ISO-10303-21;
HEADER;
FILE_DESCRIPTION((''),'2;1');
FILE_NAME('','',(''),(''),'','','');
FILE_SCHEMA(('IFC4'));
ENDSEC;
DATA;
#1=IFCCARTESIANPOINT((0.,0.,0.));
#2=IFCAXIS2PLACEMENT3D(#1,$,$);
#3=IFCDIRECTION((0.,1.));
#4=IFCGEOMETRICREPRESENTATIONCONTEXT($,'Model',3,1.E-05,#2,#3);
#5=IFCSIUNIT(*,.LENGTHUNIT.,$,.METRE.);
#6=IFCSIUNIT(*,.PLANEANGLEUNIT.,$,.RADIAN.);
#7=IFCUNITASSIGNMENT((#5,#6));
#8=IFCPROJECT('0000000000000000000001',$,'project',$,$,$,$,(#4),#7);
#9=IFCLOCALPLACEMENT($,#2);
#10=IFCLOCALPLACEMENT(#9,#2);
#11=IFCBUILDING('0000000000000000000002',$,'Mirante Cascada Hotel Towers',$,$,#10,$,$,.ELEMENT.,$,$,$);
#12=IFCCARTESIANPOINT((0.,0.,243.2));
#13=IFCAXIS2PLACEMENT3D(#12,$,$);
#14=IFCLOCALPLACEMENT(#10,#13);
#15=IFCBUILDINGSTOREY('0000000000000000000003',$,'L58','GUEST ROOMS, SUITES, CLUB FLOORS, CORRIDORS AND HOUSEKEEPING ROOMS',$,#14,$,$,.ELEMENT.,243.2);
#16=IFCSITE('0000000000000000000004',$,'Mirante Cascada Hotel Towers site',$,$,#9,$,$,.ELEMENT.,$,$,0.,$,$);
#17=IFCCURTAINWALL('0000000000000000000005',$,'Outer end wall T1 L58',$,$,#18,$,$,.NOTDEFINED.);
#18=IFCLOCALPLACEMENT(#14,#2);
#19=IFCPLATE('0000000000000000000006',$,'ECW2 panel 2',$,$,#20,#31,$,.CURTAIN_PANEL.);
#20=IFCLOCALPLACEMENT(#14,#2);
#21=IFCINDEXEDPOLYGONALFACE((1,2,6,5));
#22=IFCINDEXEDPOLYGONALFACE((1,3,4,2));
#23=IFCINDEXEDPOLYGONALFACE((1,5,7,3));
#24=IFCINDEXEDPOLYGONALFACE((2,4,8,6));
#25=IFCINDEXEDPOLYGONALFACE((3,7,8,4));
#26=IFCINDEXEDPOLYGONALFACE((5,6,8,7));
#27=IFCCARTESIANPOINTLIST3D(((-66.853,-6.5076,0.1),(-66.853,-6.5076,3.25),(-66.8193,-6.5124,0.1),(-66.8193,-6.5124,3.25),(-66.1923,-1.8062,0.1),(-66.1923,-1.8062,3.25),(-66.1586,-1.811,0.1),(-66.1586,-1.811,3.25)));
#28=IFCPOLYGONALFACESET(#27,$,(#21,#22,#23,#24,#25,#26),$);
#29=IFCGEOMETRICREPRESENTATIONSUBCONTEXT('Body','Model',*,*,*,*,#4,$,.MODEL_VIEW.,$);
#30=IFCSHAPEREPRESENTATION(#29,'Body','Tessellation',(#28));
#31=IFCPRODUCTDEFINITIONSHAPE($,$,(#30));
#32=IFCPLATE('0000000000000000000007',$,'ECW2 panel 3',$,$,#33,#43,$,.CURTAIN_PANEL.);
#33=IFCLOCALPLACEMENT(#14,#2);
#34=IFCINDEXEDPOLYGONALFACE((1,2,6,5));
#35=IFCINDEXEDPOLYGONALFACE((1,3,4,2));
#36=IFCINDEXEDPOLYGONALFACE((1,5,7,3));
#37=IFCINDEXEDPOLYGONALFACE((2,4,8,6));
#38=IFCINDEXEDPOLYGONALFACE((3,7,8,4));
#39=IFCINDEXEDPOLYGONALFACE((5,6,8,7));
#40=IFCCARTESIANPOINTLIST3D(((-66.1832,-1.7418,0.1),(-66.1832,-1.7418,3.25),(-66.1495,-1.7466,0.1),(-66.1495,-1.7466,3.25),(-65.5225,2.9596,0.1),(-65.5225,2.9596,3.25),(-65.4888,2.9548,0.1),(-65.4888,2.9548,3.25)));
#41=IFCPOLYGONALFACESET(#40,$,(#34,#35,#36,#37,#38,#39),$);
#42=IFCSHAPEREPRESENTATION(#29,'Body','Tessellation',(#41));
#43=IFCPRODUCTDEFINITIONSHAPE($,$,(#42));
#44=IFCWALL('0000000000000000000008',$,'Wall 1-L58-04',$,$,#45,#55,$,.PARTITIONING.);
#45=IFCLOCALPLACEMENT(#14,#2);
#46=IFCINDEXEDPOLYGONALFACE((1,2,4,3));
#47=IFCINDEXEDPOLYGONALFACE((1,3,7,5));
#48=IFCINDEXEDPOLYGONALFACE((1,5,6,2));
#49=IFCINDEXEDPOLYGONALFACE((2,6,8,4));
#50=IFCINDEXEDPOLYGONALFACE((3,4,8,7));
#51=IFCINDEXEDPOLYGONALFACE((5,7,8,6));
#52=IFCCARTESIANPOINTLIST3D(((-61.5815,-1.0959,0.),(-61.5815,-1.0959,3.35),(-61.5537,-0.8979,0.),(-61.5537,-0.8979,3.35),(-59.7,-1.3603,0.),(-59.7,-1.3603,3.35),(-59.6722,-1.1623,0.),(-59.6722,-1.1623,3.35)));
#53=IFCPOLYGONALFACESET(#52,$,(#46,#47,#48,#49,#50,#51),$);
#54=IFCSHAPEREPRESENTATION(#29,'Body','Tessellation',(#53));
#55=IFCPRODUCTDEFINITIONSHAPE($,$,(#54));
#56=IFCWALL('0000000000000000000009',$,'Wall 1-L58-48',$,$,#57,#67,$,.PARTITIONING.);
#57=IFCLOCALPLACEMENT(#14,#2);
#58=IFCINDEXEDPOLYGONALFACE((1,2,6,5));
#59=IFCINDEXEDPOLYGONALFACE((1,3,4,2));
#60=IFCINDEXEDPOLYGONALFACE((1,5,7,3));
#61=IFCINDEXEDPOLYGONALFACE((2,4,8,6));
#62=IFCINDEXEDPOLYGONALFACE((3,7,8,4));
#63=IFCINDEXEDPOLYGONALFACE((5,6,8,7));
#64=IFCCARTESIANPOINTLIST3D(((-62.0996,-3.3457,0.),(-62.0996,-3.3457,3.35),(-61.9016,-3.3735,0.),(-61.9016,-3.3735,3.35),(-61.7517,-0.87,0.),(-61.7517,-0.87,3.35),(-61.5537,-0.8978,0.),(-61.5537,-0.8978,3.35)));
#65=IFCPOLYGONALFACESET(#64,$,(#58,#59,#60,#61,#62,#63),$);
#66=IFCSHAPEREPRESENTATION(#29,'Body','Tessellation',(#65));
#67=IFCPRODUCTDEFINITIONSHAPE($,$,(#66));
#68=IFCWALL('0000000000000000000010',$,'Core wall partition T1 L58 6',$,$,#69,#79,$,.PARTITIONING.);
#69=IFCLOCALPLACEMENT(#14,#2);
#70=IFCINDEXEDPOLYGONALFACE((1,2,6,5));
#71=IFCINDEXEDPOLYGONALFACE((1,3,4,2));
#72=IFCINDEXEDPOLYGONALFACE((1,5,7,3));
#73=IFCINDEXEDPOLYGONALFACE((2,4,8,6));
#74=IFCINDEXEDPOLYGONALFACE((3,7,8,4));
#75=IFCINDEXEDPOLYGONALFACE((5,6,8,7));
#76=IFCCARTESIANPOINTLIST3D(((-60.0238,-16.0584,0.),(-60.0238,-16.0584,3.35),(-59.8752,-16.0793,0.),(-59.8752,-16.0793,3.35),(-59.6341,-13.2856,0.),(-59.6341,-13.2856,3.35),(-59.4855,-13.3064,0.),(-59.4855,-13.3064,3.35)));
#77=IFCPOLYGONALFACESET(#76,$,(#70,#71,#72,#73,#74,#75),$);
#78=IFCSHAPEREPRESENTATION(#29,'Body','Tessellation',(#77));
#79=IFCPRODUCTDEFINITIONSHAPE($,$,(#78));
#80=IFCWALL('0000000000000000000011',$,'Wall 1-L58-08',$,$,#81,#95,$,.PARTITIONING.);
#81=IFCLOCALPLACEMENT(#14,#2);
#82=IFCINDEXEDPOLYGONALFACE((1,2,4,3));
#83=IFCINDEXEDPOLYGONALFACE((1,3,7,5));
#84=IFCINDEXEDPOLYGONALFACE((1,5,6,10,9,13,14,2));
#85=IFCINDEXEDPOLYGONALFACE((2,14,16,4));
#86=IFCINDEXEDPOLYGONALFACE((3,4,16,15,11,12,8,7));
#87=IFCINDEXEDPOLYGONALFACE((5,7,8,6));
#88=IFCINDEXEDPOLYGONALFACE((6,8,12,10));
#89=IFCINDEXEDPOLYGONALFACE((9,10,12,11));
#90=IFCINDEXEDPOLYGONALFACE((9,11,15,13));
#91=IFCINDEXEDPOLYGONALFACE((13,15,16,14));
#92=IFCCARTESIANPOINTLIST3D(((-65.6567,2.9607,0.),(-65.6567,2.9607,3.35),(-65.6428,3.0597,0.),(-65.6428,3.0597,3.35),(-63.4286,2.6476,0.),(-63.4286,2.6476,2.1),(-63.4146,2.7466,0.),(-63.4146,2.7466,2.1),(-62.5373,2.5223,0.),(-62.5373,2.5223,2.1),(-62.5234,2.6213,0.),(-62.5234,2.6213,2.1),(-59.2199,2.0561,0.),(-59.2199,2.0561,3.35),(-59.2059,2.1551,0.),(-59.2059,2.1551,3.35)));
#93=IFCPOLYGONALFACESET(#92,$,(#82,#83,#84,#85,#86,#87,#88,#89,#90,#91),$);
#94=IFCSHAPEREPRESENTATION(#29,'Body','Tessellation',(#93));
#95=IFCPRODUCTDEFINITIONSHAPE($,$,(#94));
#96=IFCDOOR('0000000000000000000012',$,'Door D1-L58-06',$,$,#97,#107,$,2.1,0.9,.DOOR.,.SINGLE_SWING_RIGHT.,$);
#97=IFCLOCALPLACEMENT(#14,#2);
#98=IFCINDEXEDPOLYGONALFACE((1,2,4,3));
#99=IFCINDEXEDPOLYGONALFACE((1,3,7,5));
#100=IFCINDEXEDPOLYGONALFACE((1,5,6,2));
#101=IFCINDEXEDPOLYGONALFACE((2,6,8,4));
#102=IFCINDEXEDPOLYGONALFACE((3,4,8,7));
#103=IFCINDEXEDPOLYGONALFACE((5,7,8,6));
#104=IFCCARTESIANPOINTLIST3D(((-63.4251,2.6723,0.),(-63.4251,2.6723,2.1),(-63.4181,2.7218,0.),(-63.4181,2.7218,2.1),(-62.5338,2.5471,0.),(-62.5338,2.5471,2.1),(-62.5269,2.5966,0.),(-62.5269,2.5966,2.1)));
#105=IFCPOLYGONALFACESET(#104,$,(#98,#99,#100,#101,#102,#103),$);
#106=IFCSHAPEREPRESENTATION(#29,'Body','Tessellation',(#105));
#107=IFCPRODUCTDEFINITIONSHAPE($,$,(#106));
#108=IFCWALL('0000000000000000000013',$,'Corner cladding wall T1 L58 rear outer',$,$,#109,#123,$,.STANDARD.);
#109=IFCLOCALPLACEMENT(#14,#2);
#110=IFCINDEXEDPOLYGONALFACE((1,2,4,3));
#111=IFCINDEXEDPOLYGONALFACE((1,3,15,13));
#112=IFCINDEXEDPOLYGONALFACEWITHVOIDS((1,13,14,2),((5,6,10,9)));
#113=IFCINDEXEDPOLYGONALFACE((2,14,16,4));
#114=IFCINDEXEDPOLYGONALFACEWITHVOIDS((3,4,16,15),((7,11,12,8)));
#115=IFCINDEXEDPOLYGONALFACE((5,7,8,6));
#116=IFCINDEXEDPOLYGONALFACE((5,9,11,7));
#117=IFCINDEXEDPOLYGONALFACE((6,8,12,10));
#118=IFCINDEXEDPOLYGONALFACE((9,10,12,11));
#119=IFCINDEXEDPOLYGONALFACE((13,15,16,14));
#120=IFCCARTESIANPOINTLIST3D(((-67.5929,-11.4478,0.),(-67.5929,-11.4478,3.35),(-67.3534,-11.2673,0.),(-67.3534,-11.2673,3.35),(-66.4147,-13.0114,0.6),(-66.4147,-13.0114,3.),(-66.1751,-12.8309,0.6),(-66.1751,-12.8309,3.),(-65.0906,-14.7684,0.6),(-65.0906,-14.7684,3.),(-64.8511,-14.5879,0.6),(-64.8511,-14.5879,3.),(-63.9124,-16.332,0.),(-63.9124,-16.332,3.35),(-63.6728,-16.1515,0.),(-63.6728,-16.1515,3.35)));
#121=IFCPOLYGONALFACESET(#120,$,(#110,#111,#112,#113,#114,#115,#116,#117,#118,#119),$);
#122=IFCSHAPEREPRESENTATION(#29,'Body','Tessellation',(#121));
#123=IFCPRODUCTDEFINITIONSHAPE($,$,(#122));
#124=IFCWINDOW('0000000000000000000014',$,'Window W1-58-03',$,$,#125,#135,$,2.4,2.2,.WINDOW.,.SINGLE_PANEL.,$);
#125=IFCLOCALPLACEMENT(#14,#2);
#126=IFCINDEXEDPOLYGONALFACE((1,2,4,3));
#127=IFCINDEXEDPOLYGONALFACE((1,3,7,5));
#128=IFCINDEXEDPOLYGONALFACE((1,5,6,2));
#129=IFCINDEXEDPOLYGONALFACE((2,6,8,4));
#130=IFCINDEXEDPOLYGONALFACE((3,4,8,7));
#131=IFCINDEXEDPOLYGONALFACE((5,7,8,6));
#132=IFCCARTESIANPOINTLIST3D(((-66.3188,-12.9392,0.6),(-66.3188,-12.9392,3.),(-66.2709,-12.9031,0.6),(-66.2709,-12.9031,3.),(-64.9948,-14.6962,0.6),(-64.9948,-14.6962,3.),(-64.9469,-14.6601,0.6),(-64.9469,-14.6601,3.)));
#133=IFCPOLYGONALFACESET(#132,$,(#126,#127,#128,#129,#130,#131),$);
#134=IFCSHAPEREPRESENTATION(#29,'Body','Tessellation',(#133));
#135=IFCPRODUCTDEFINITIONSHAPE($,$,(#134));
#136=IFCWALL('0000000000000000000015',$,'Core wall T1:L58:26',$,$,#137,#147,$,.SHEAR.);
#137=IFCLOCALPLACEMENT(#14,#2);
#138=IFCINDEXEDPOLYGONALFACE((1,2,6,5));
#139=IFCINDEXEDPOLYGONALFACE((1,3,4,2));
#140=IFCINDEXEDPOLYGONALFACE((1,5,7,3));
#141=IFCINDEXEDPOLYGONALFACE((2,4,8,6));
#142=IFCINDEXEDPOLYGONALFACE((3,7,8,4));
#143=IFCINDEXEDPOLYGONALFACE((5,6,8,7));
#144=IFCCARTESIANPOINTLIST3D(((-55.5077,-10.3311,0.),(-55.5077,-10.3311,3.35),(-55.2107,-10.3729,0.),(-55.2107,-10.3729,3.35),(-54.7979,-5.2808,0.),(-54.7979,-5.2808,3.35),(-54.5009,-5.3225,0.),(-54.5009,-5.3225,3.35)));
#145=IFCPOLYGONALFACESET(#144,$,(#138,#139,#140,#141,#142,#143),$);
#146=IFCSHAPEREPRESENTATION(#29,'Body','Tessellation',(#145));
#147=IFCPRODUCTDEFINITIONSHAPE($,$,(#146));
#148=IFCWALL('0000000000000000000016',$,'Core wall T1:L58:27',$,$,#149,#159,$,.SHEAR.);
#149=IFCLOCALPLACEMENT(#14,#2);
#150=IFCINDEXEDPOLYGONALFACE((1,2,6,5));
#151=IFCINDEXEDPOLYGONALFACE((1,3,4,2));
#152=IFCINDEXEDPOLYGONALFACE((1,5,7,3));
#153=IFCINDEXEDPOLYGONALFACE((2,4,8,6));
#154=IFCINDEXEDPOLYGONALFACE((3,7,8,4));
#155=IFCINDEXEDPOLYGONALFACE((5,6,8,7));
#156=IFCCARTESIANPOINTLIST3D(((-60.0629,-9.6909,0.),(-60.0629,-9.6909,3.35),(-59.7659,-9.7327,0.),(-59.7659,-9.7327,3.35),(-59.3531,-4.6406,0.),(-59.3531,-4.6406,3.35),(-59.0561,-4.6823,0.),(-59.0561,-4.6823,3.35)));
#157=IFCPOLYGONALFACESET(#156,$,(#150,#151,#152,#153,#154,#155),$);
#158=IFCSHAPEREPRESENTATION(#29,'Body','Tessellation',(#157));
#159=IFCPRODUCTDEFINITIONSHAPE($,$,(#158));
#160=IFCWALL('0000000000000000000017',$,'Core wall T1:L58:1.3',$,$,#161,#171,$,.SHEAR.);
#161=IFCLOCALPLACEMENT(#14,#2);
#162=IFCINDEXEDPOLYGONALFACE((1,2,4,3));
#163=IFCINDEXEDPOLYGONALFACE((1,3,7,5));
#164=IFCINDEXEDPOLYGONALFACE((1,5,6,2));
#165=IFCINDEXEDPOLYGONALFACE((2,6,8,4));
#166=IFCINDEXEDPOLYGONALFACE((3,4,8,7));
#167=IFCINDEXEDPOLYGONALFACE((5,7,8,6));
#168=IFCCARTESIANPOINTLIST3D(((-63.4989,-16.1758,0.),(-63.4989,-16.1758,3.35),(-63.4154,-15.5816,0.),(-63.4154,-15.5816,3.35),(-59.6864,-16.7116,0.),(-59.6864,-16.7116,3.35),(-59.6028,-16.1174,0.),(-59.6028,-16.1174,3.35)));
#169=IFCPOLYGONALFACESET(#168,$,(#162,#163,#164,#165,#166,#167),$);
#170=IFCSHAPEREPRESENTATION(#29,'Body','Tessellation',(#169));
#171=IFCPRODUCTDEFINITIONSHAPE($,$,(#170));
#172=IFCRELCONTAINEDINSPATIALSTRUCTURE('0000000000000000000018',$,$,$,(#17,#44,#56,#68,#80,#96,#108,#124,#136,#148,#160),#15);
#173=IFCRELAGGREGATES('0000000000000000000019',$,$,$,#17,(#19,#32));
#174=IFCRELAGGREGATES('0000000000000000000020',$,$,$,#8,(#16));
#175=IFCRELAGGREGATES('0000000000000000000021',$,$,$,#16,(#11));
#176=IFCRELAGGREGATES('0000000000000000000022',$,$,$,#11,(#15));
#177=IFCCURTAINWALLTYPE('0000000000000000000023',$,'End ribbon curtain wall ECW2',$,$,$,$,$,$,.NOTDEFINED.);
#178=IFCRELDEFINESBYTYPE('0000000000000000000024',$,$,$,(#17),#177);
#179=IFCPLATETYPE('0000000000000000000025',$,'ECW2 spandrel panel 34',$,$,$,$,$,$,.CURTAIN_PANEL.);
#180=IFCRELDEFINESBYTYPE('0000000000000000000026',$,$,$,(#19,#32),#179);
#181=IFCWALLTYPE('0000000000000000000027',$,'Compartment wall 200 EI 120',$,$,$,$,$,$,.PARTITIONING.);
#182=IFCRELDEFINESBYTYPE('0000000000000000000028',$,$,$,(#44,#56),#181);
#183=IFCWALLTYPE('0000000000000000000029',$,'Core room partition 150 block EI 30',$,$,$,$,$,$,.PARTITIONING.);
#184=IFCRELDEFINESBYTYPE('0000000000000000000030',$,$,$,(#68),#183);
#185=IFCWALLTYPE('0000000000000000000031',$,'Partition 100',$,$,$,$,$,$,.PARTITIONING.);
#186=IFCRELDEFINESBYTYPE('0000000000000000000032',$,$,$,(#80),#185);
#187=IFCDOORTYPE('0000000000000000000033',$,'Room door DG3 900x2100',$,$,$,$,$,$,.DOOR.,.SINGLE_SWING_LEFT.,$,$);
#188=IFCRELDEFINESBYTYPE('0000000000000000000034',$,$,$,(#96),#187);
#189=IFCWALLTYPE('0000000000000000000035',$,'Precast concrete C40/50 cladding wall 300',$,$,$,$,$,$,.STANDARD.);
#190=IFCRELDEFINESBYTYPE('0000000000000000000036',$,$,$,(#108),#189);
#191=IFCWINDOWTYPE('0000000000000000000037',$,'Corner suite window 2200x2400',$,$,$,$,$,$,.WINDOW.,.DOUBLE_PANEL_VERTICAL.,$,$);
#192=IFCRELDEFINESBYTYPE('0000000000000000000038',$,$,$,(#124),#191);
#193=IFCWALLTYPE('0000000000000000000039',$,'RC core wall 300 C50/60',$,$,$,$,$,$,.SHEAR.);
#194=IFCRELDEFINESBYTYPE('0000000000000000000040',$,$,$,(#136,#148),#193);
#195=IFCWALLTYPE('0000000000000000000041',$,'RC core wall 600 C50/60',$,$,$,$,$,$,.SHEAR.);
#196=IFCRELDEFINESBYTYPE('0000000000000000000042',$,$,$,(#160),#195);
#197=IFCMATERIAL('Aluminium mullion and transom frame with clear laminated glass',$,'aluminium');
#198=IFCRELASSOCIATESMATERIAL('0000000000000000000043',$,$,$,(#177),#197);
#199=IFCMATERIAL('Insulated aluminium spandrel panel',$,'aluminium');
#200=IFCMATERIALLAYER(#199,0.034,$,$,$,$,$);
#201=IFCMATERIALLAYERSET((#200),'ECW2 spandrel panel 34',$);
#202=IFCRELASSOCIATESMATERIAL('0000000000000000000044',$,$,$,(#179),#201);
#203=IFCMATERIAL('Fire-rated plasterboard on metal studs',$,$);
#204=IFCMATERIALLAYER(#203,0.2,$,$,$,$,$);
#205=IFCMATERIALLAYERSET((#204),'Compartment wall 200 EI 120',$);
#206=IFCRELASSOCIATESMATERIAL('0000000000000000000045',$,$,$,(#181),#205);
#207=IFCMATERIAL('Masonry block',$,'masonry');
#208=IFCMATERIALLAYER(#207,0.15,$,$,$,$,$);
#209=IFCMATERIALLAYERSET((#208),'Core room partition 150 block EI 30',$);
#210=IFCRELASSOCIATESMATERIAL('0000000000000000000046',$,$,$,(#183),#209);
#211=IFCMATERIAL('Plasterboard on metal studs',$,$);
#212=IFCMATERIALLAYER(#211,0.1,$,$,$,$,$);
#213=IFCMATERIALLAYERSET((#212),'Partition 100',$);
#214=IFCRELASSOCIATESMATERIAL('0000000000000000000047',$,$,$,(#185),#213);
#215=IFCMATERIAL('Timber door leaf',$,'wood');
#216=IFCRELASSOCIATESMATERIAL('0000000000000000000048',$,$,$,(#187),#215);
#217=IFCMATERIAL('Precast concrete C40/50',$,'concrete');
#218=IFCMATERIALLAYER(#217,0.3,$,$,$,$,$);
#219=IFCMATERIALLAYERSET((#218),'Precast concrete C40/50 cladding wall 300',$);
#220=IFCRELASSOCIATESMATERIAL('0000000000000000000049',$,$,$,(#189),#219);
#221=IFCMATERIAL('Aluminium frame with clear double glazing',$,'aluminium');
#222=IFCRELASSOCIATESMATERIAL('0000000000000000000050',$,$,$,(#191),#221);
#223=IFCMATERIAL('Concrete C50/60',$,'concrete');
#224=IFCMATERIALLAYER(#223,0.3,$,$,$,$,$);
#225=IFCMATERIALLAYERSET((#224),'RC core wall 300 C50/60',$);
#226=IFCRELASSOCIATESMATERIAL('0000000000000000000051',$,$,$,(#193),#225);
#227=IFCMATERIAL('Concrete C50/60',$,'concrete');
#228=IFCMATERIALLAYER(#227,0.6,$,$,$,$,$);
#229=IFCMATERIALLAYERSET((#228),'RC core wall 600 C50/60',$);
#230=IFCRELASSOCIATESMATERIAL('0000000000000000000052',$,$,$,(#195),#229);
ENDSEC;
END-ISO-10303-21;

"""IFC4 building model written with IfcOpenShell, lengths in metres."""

from ifc_helpers import new_model, si_unit, direction, frame, frame_2d, origin, origin_2d, place, context, subcontext, project, spatial, rectangle, extrude, material, layer, layer_set, type_object, element, fill, aggregate, save


model = new_model("IFC4")

# Units and contexts
model_context = context("Model", 3, precision=1e-05, world=origin(), true_north=direction((0.0, 1.0)))
body_context = subcontext(model_context, "Body", "Model", "MODEL_VIEW")
ifc_project = project(units=[si_unit("LENGTHUNIT", "METRE"), si_unit("PLANEANGLEUNIT", "RADIAN")], contexts=[model_context])

# Site, building, storey
site_placement = place(None, origin())
site = spatial("IfcSite", under=ifc_project, at=site_placement, Name="Mirante Cascada Hotel Towers site", CompositionType="ELEMENT", RefElevation=0.0)
building_placement = place(site_placement, origin())
building = spatial("IfcBuilding", under=site, at=building_placement, Name="Mirante Cascada Hotel Towers", CompositionType="ELEMENT")
storey_placement = place(building_placement, frame((0.0, 0.0, 243.2)))
storey = spatial("IfcBuildingStorey", under=building, at=storey_placement, Name="L58", Description="GUEST ROOMS, SUITES, CLUB FLOORS, CORRIDORS AND HOUSEKEEPING ROOMS", CompositionType="ELEMENT", Elevation=243.2)

# Curtain wall, plates
ifc_material_1 = material(Name="Aluminium mullion and transom frame with clear laminated glass", Category="aluminium")
curtain_wall_type = type_object("IfcCurtainWallType", Name="End ribbon curtain wall ECW2", PredefinedType="NOTDEFINED", material=ifc_material_1)
curtain_wall_placement = place(storey_placement, origin())
curtain_wall = element("IfcCurtainWall", 1, at=curtain_wall_placement, inside=storey, type_object=curtain_wall_type, Name="Outer end wall T1 L58", PredefinedType="NOTDEFINED")
ifc_material_2 = material(Name="Insulated aluminium spandrel panel", Category="aluminium")
ifc_layer_1 = layer(ifc_material_2, 0.034)
ifc_layer_set_1 = layer_set([ifc_layer_1], Name="ECW2 spandrel panel 34")
plate_type_1 = type_object("IfcPlateType", Name="ECW2 spandrel panel 34", PredefinedType="CURTAIN_PANEL", material=ifc_layer_set_1)
plate_1_placement = place(storey_placement, frame((-66.5058, -4.1593, 0.1), z_axis=(0.0, 0.0, 1.0), x_axis=(0.139173, 0.990268, 0.0)))
plate_1 = element("IfcPlate", 2, at=plate_1_placement, type_object=plate_type_1, Name="ECW2 panel 2", PredefinedType="CURTAIN_PANEL", context=body_context, shape_type="SweptSolid", body=[
    extrude(rectangle(XDim=4.7476, YDim=0.034, at=origin_2d()), origin(), (0.0, 0.0, 1.0), 3.15),
])
plate_2_placement = place(storey_placement, frame((-65.836, 0.6065, 0.1), z_axis=(0.0, 0.0, 1.0), x_axis=(0.139173, 0.990268, 0.0)))
plate_2 = element("IfcPlate", 3, at=plate_2_placement, type_object=plate_type_1, Name="ECW2 panel 3", PredefinedType="CURTAIN_PANEL", context=body_context, shape_type="SweptSolid", body=[
    extrude(rectangle(XDim=4.7476, YDim=0.034, at=origin_2d()), origin(), (0.0, 0.0, 1.0), 3.15),
])
aggregate(curtain_wall, [plate_1, plate_2])

# Walls
ifc_material_3 = material(Name="Fire-rated plasterboard on metal studs")
ifc_layer_2 = layer(ifc_material_3, 0.2)
ifc_layer_set_2 = layer_set([ifc_layer_2], Name="Compartment wall 200 EI 120")
wall_type_1 = type_object("IfcWallType", Name="Compartment wall 200 EI 120", PredefinedType="PARTITIONING", material=ifc_layer_set_2)
wall_1_placement = place(storey_placement, frame((-61.5676, -0.9969, 0.0), z_axis=(0.0, 0.0, 1.0), x_axis=(0.99027, -0.139159, 0.0)))
element("IfcWall", 4, at=wall_1_placement, inside=storey, type_object=wall_type_1, Name="Wall 1-L58-04", PredefinedType="PARTITIONING", context=body_context, shape_type="SweptSolid", body=[
    extrude(rectangle(XDim=1.9, YDim=0.2, at=frame_2d((0.95, 0.0))), origin(), (0.0, 0.0, 1.0), 3.35),
])
wall_2_placement = place(storey_placement, frame((-61.6527, -0.8839, 0.0), z_axis=(0.0, 0.0, 1.0), x_axis=(-0.139159, -0.99027, 0.0)))
element("IfcWall", 5, at=wall_2_placement, inside=storey, type_object=wall_type_1, Name="Wall 1-L58-48", PredefinedType="PARTITIONING", context=body_context, shape_type="SweptSolid", body=[
    extrude(rectangle(XDim=2.5, YDim=0.2, at=frame_2d((1.25, 0.0))), origin(), (0.0, 0.0, 1.0), 3.35),
])
ifc_material_4 = material(Name="Masonry block", Category="masonry")
ifc_layer_3 = layer(ifc_material_4, 0.15)
ifc_layer_set_3 = layer_set([ifc_layer_3], Name="Core room partition 150 block EI 30")
wall_type_2 = type_object("IfcWallType", Name="Core room partition 150 block EI 30", PredefinedType="PARTITIONING", material=ifc_layer_set_3)
wall_3_placement = place(storey_placement, frame((-59.9495, -16.0688, 0.0), z_axis=(0.0, 0.0, 1.0), x_axis=(0.139176, 0.990268, 0.0)))
element("IfcWall", 6, at=wall_3_placement, inside=storey, type_object=wall_type_2, Name="Core wall partition T1 L58 6", PredefinedType="PARTITIONING", context=body_context, shape_type="SweptSolid", body=[
    extrude(rectangle(XDim=2.8001, YDim=0.15, at=frame_2d((1.4, 0.0))), origin(), (0.0, 0.0, 1.0), 3.35),
])

# Wall, opening, door
ifc_material_5 = material(Name="Plasterboard on metal studs")
ifc_layer_4 = layer(ifc_material_5, 0.1)
ifc_layer_set_4 = layer_set([ifc_layer_4], Name="Partition 100")
wall_type_3 = type_object("IfcWallType", Name="Partition 100", PredefinedType="PARTITIONING", material=ifc_layer_set_4)
wall_4_placement = place(storey_placement, frame((-65.6497, 3.0102, 0.0), z_axis=(0.0, 0.0, 1.0), x_axis=(0.990269, -0.139168, 0.0)))
wall_4 = element("IfcWall", 7, at=wall_4_placement, inside=storey, type_object=wall_type_3, Name="Wall 1-L58-08", PredefinedType="PARTITIONING", context=body_context, shape_type="SweptSolid", body=[
    extrude(rectangle(XDim=6.5001, YDim=0.1, at=frame_2d((3.25, 0.0))), origin(), (0.0, 0.0, 1.0), 3.35),
])
opening_1_placement = place(wall_4_placement, frame((2.25, 0.0, 0.0)))
opening_1 = element("IfcOpeningElement", 8, at=opening_1_placement, cuts=wall_4, PredefinedType="OPENING", context=body_context, shape_type="SweptSolid", body=[
    extrude(rectangle(XDim=0.9, YDim=2.1, at=frame_2d((0.45, 1.05))), frame((0.0, 0.05, 0.0), z_axis=(0.0, -1.0, 0.0), x_axis=(1.0, 0.0, 0.0)), (0.0, 0.0, 1.0), 0.1),
])
ifc_material_6 = material(Name="Timber door leaf", Category="wood")
door_type = type_object("IfcDoorType", Name="Room door DG3 900x2100", OperationType="SINGLE_SWING_LEFT", PredefinedType="DOOR", material=ifc_material_6)
door_placement = place(opening_1_placement, frame((0.9, 0.0, 0.0), z_axis=(0.0, 0.0, 1.0), x_axis=(-1.0, 0.0, 0.0)))
door = element("IfcDoor", 9, at=door_placement, inside=storey, type_object=door_type, Name="Door D1-L58-06", OperationType="SINGLE_SWING_RIGHT", OverallHeight=2.1, OverallWidth=0.9, PredefinedType="DOOR", context=body_context, shape_type="SweptSolid", body=[
    extrude(rectangle(XDim=0.9, YDim=2.1, at=frame_2d((0.45, 1.05))), frame((0.0, 0.025, 0.0), z_axis=(0.0, -1.0, 0.0), x_axis=(1.0, 0.0, 0.0)), (0.0, 0.0, 1.0), 0.05),
])
fill(opening_1, door)

# Wall, opening, window
ifc_material_7 = material(Name="Precast concrete C40/50", Category="concrete")
ifc_layer_5 = layer(ifc_material_7, 0.3)
ifc_layer_set_5 = layer_set([ifc_layer_5], Name="Precast concrete C40/50 cladding wall 300")
wall_type_4 = type_object("IfcWallType", Name="Precast concrete C40/50 cladding wall 300", PredefinedType="STANDARD", material=ifc_layer_set_5)
wall_5_placement = place(storey_placement, frame((-63.7926, -16.2417, 0.0), z_axis=(0.0, 0.0, 1.0), x_axis=(-0.601824, 0.798628, 0.0)))
wall_5 = element("IfcWall", 10, at=wall_5_placement, inside=storey, type_object=wall_type_4, Name="Corner cladding wall T1 L58 rear outer", PredefinedType="STANDARD", context=body_context, shape_type="SweptSolid", body=[
    extrude(rectangle(XDim=6.1157, YDim=0.3, at=frame_2d((3.0578, 0.0))), origin(), (0.0, 0.0, 1.0), 3.35),
])
opening_2_placement = place(wall_5_placement, frame((1.9578, 0.0, 0.6)))
opening_2 = element("IfcOpeningElement", 11, at=opening_2_placement, cuts=wall_5, PredefinedType="OPENING", context=body_context, shape_type="SweptSolid", body=[
    extrude(rectangle(XDim=2.2, YDim=2.4, at=frame_2d((1.1, 1.2))), frame((0.0, 0.15, 0.0), z_axis=(0.0, -1.0, 0.0), x_axis=(1.0, 0.0, 0.0)), (0.0, 0.0, 1.0), 0.3),
])
ifc_material_8 = material(Name="Aluminium frame with clear double glazing", Category="aluminium")
window_type = type_object("IfcWindowType", Name="Corner suite window 2200x2400", PartitioningType="DOUBLE_PANEL_VERTICAL", PredefinedType="WINDOW", material=ifc_material_8)
window_placement = place(opening_2_placement, origin())
window = element("IfcWindow", 12, at=window_placement, inside=storey, type_object=window_type, Name="Window W1-58-03", OverallHeight=2.4, OverallWidth=2.2, PartitioningType="SINGLE_PANEL", PredefinedType="WINDOW", context=body_context, shape_type="SweptSolid", body=[
    extrude(rectangle(XDim=2.2, YDim=2.4, at=frame_2d((1.1, 1.2))), frame((0.0, 0.03, 0.0), z_axis=(0.0, -1.0, 0.0), x_axis=(1.0, 0.0, 0.0)), (0.0, 0.0, 1.0), 0.06),
])
fill(opening_2, window)

# Walls
ifc_material_9 = material(Name="Concrete C50/60", Category="concrete")
ifc_layer_6 = layer(ifc_material_9, 0.3)
ifc_layer_set_6 = layer_set([ifc_layer_6], Name="RC core wall 300 C50/60")
wall_type_5 = type_object("IfcWallType", Name="RC core wall 300 C50/60", PredefinedType="SHEAR", material=ifc_layer_set_6)
for number, where, z_axis, x_axis, name in (
    (13, (-55.3592, -10.352, 0.0), (0.0, 0.0, 1.0), (0.139176, 0.990268, 0.0), "Core wall T1:L58:26"),
    (14, (-59.9144, -9.7118, 0.0), (0.0, 0.0, 1.0), (0.139176, 0.990268, 0.0), "Core wall T1:L58:27"),
):
    element("IfcWall", number, at=place(storey_placement, frame(where, z_axis=z_axis, x_axis=x_axis)), inside=storey, type_object=wall_type_5, Name=name, PredefinedType="SHEAR", context=body_context, shape_type="SweptSolid", body=[
        extrude(rectangle(XDim=5.1, YDim=0.3, at=frame_2d((2.55, 0.0))), origin(), (0.0, 0.0, 1.0), 3.35),
    ])
ifc_material_10 = material(Name="Concrete C50/60", Category="concrete")
ifc_layer_7 = layer(ifc_material_10, 0.6)
ifc_layer_set_7 = layer_set([ifc_layer_7], Name="RC core wall 600 C50/60")
wall_type_6 = type_object("IfcWallType", Name="RC core wall 600 C50/60", PredefinedType="SHEAR", material=ifc_layer_set_7)
wall_6_placement = place(storey_placement, frame((-59.6446, -16.4145, 0.0), z_axis=(0.0, 0.0, 1.0), x_axis=(-0.990268, 0.13917, 0.0)))
element("IfcWall", 15, at=wall_6_placement, inside=storey, type_object=wall_type_6, Name="Core wall T1:L58:1.3", PredefinedType="SHEAR", context=body_context, shape_type="SweptSolid", body=[
    extrude(rectangle(XDim=3.85, YDim=0.6, at=frame_2d((1.925, 0.0))), origin(), (0.0, 0.0, 1.0), 3.35),
])

save(model, "model.ifc")
